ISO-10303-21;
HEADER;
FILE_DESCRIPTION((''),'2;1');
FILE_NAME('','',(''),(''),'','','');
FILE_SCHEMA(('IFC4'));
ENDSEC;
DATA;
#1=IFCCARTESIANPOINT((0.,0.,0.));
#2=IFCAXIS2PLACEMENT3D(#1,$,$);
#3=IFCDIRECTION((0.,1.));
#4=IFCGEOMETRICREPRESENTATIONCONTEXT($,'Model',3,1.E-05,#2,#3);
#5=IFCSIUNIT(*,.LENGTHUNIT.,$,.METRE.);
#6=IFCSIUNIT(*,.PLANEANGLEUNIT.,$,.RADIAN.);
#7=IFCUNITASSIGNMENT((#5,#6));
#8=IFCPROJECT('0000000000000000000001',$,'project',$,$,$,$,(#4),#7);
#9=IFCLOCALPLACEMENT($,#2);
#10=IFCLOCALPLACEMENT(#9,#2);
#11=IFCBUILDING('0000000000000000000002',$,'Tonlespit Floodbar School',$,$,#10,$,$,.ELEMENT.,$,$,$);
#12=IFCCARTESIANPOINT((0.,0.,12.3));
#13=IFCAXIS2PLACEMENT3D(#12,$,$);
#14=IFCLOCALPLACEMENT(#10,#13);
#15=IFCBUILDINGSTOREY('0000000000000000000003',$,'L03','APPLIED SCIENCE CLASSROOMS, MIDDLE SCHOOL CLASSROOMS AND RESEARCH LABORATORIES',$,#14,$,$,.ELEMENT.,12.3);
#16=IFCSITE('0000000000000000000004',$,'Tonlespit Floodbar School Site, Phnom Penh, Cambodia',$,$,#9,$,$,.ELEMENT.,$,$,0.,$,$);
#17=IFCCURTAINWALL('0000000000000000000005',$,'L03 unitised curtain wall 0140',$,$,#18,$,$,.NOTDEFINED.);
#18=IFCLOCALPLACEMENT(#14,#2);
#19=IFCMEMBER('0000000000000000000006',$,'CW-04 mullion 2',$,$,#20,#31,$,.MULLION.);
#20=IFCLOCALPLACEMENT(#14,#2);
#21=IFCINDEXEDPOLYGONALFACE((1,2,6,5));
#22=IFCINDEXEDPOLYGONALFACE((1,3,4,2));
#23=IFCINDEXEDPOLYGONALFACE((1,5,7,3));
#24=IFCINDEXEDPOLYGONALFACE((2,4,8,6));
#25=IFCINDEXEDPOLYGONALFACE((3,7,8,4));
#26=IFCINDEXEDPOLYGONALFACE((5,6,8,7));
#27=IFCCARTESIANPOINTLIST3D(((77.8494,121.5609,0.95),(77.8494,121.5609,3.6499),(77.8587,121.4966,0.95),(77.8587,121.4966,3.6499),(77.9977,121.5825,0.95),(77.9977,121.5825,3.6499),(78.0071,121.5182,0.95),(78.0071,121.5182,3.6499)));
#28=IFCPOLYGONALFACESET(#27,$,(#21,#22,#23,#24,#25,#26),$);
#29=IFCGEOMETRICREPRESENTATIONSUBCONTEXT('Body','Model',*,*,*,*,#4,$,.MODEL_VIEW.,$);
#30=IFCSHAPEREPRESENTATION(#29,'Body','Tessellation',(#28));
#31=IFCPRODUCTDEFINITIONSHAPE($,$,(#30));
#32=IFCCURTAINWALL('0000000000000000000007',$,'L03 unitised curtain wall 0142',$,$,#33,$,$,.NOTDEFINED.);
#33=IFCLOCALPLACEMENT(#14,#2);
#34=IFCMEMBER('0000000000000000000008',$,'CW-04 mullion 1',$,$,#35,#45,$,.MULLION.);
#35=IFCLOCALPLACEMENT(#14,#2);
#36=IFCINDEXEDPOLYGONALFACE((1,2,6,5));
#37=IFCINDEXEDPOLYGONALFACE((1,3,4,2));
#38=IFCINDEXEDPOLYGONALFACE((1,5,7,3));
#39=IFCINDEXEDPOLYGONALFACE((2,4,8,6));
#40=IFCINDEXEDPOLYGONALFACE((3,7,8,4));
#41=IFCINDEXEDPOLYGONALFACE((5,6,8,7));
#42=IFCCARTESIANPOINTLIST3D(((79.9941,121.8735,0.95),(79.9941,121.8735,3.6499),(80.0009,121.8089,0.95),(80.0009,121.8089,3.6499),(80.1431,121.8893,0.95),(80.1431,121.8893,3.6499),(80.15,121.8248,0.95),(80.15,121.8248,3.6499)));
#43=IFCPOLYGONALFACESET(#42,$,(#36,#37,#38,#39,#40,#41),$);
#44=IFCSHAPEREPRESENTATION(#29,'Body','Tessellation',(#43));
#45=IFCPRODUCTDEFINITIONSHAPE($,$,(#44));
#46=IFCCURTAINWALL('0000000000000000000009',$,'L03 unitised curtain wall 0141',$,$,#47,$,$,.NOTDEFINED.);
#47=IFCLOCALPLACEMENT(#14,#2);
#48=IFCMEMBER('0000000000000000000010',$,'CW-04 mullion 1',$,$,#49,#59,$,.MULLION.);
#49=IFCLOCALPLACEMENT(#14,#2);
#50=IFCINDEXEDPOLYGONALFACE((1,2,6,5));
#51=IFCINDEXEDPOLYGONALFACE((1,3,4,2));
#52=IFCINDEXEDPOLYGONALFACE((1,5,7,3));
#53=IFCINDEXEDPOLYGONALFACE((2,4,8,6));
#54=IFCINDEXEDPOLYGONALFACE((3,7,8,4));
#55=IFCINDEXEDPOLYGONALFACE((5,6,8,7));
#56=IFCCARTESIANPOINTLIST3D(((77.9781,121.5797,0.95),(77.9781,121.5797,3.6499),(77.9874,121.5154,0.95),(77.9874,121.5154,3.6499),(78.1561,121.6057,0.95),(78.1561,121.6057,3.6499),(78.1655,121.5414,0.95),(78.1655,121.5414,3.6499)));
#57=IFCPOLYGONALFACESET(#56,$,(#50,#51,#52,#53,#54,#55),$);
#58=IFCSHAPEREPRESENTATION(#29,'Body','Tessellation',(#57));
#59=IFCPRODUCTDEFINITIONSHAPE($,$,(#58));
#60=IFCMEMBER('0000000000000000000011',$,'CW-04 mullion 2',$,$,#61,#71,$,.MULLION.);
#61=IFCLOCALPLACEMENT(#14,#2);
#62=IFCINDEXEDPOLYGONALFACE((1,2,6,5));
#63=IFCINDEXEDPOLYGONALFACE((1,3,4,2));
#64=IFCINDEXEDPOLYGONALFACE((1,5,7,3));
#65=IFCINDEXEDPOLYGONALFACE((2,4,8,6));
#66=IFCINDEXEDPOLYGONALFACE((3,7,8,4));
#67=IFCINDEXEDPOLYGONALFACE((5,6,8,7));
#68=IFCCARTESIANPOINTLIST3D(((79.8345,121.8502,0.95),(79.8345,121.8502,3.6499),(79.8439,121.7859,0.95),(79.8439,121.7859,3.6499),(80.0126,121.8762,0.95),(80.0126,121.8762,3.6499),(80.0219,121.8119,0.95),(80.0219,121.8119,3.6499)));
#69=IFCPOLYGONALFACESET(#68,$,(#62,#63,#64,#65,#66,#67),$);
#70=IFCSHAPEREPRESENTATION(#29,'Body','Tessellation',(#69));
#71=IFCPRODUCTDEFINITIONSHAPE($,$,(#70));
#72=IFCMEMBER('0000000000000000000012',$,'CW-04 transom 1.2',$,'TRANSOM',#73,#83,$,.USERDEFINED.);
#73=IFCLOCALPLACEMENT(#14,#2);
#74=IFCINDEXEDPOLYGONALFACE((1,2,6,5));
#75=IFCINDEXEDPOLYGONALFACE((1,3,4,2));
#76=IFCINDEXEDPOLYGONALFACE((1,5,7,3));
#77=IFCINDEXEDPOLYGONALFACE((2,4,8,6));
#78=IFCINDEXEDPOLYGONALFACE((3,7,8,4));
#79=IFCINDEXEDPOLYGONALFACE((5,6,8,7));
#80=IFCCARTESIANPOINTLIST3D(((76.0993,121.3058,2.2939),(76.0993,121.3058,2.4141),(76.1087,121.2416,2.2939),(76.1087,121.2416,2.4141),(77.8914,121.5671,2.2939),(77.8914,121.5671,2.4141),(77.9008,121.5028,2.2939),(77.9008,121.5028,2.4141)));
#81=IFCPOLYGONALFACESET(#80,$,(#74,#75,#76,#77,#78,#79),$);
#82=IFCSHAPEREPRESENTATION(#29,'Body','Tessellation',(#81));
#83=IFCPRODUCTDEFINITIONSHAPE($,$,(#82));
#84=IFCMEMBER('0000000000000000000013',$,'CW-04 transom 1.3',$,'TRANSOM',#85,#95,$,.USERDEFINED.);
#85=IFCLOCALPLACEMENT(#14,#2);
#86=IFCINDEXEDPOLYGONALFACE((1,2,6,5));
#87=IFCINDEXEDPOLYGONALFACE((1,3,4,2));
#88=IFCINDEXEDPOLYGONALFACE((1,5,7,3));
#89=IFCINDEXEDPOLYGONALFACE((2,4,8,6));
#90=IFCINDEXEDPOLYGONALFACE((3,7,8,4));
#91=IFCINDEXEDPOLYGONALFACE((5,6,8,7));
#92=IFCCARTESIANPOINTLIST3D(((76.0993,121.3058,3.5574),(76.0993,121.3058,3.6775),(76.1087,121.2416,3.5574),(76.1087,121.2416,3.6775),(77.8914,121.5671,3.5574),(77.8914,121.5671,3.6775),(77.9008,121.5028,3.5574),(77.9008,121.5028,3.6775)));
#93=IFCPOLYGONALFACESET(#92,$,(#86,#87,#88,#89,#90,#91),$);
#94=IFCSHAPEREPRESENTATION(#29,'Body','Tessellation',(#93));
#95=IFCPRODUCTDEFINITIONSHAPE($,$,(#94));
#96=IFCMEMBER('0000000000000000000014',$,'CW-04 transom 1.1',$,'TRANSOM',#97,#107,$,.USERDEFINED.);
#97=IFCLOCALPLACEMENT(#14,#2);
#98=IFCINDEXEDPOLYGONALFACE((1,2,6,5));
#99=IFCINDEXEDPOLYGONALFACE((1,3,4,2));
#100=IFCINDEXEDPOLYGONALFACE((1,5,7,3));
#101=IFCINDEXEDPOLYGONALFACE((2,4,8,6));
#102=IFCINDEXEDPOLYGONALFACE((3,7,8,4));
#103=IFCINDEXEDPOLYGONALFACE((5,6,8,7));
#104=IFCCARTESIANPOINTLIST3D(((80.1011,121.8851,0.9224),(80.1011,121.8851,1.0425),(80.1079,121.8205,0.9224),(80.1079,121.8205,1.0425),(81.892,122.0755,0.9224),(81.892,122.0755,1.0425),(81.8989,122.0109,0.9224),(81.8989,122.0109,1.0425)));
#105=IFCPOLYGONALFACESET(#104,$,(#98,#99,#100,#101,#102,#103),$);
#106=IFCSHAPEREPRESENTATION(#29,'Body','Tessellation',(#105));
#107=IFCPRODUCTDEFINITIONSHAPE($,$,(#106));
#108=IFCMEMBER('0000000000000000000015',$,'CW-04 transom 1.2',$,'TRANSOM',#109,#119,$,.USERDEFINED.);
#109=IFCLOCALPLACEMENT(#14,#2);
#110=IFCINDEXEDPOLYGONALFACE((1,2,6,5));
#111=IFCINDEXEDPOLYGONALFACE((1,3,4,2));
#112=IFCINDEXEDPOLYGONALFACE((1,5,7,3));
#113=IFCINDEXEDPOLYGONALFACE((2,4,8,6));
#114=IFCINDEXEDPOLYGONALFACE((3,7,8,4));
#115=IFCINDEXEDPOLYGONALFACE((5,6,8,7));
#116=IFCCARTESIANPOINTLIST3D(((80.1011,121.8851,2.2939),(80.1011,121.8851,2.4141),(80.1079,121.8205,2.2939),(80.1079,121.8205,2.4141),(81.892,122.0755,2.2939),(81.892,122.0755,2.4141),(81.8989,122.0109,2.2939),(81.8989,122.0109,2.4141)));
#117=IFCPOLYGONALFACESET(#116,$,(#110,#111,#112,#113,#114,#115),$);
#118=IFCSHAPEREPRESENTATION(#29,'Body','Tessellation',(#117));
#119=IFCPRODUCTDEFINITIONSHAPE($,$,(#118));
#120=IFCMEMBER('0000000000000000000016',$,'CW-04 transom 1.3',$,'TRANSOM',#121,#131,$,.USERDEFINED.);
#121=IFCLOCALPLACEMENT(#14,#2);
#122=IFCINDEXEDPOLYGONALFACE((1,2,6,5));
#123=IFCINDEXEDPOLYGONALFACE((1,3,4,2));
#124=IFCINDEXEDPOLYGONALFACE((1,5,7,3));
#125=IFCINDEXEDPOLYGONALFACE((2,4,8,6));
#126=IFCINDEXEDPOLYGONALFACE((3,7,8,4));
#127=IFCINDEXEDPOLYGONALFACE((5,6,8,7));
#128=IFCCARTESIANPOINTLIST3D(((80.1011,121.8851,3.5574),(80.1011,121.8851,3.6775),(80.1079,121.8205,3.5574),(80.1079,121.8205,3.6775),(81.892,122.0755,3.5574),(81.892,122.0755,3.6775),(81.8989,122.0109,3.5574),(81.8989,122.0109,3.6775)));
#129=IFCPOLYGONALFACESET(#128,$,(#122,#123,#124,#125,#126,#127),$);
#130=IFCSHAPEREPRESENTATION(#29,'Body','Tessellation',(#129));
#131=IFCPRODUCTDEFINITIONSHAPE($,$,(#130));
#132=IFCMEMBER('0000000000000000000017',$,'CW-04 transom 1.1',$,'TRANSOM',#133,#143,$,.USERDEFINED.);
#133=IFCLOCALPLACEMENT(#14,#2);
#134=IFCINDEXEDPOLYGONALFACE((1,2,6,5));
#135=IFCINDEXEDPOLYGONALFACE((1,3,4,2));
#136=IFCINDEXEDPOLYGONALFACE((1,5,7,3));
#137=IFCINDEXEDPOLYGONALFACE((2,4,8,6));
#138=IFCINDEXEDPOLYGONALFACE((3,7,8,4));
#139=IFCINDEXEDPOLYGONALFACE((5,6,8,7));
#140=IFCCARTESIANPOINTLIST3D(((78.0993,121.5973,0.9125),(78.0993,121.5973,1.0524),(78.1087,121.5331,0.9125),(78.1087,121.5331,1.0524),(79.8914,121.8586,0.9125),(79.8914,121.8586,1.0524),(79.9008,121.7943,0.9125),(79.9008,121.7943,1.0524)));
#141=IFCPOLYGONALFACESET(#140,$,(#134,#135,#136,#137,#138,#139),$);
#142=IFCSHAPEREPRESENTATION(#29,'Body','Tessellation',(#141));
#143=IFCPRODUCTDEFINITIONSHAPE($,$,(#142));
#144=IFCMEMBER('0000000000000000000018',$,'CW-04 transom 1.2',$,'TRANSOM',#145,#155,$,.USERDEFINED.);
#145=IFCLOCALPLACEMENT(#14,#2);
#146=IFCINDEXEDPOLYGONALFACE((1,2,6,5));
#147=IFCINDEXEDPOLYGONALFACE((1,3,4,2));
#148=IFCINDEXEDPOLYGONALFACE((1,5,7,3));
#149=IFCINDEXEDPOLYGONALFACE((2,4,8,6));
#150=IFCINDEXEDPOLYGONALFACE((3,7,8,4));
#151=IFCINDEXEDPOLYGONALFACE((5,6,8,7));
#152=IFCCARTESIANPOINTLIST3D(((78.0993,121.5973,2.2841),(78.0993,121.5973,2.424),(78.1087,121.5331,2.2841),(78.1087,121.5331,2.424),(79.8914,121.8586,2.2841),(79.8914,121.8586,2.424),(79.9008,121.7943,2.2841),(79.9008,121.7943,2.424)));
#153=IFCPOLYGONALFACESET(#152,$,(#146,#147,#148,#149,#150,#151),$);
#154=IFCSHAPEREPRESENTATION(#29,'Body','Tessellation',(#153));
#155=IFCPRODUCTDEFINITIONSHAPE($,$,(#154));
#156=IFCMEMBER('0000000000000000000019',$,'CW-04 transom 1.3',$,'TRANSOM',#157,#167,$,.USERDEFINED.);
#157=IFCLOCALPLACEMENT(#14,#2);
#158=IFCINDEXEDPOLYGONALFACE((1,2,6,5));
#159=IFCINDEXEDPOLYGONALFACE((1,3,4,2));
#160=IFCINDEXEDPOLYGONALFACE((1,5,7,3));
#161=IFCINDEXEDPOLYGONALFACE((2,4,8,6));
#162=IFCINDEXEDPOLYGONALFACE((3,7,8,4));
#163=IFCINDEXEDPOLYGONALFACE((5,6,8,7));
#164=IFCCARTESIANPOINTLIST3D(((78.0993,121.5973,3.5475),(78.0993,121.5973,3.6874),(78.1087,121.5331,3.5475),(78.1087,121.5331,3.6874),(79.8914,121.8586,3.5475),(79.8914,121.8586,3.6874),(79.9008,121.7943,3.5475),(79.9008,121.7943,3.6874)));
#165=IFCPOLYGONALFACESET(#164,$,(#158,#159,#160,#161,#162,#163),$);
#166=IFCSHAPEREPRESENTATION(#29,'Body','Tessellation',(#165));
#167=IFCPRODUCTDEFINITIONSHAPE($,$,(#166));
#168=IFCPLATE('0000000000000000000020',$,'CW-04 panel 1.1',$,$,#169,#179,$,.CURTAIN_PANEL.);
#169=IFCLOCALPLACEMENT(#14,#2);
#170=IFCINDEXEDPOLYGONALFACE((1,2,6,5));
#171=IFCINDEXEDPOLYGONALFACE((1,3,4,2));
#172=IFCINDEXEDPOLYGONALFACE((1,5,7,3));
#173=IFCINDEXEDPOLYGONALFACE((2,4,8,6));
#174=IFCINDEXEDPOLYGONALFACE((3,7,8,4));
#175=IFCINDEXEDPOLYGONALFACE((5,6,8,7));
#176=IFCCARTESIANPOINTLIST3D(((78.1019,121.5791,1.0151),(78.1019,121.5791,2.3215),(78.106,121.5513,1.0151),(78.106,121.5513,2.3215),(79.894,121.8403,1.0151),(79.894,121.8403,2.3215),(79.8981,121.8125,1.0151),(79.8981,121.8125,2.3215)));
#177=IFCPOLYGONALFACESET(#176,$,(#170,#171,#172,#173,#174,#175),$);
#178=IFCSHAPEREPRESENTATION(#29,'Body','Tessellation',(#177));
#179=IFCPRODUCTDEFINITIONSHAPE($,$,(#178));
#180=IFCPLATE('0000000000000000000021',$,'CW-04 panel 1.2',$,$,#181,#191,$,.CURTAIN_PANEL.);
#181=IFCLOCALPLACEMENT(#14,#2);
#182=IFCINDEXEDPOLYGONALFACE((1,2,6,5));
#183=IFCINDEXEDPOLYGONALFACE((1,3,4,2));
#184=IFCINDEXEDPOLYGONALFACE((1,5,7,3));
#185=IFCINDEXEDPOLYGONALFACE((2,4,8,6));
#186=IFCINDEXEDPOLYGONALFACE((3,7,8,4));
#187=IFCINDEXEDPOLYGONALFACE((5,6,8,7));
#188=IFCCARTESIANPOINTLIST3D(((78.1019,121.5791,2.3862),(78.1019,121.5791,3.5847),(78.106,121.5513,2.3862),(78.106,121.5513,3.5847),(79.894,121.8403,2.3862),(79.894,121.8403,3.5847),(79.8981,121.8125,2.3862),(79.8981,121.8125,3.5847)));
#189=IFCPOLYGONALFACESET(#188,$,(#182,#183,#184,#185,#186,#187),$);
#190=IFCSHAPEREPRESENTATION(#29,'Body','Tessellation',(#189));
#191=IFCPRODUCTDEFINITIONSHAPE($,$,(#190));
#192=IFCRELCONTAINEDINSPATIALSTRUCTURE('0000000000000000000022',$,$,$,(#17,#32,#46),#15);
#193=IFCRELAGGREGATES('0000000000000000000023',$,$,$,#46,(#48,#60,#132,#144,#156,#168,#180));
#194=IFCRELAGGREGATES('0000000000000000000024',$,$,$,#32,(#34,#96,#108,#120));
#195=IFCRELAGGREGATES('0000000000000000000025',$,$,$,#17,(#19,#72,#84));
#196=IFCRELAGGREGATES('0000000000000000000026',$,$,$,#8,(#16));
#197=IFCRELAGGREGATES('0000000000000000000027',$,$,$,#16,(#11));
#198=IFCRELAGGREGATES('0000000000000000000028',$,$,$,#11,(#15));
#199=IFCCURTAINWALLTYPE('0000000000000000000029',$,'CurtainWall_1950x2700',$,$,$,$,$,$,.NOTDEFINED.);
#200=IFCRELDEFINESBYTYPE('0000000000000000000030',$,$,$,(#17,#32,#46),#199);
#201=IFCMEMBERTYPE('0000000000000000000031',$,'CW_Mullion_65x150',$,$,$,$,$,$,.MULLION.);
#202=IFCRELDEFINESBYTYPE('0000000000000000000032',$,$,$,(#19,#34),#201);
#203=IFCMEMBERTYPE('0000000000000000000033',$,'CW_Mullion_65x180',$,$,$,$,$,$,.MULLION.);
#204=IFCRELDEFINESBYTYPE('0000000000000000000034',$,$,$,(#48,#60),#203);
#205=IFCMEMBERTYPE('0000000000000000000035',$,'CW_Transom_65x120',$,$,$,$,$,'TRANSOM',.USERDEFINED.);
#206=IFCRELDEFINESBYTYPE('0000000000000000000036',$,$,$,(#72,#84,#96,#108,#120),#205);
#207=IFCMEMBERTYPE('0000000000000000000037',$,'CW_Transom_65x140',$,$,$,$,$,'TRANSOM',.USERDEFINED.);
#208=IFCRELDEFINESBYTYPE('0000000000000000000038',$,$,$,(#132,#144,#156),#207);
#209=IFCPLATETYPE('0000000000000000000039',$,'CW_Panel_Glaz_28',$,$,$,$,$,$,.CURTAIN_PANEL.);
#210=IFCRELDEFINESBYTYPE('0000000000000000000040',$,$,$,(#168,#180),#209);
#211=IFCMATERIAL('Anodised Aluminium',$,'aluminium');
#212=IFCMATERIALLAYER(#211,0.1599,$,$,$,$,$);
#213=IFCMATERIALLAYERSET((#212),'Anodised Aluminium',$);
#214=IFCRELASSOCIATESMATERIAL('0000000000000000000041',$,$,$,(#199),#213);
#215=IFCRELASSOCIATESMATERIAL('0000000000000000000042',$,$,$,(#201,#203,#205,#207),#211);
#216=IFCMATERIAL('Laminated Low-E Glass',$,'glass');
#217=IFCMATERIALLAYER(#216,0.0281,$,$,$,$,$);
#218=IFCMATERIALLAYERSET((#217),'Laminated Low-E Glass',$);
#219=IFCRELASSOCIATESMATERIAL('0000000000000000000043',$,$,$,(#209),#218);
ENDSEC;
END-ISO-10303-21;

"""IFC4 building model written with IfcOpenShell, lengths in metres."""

from ifc_helpers import new_model, si_unit, direction, frame, origin, origin_2d, place, context, subcontext, project, spatial, rectangle, extrude, material, layer, layer_set, material_profile, profile_set, type_object, element, aggregate, save


model = new_model("IFC4")

# Units and contexts
model_context = context("Model", 3, precision=1e-05, world=origin(), true_north=direction((0.0, 1.0)))
body_context = subcontext(model_context, "Body", "Model", "MODEL_VIEW")
ifc_project = project(units=[si_unit("LENGTHUNIT", "METRE"), si_unit("PLANEANGLEUNIT", "RADIAN")], contexts=[model_context])

# Site, building, storey
site_placement = place(None, origin())
site = spatial("IfcSite", under=ifc_project, at=site_placement, Name="Tonlespit Floodbar School Site, Phnom Penh, Cambodia", CompositionType="ELEMENT", RefElevation=0.0)
building_placement = place(site_placement, origin())
building = spatial("IfcBuilding", under=site, at=building_placement, Name="Tonlespit Floodbar School", CompositionType="ELEMENT")
storey_placement = place(building_placement, frame((0.0, 0.0, 12.3)))
storey = spatial("IfcBuildingStorey", under=building, at=storey_placement, Name="L03", Description="APPLIED SCIENCE CLASSROOMS, MIDDLE SCHOOL CLASSROOMS AND RESEARCH LABORATORIES", CompositionType="ELEMENT", Elevation=12.3)

# Curtain walls, members
ifc_material_1 = material(Name="Anodised Aluminium", Category="aluminium")
ifc_layer_1 = layer(ifc_material_1, 0.1599)
ifc_layer_set_1 = layer_set([ifc_layer_1], Name="Anodised Aluminium")
curtain_wall_type = type_object("IfcCurtainWallType", Name="CurtainWall_1950x2700", PredefinedType="NOTDEFINED", material=ifc_layer_set_1)
curtain_wall_1_placement = place(storey_placement, origin())
curtain_wall_1 = element("IfcCurtainWall", 1, at=curtain_wall_1_placement, inside=storey, type_object=curtain_wall_type, Name="L03 unitised curtain wall 0140", PredefinedType="NOTDEFINED")
ifc_material_profile_1 = material_profile(ifc_material_1, rectangle(XDim=0.0649, YDim=0.1499, at=origin_2d()), Name="ALU M65x150")
ifc_profile_set_1 = profile_set([ifc_material_profile_1], Name="Anodised Aluminium")
member_type_1 = type_object("IfcMemberType", Name="CW_Mullion_65x150", PredefinedType="MULLION", material=ifc_profile_set_1)
member_1_placement = place(storey_placement, frame((77.9282, 121.5396, 0.95), z_axis=(0.0, 0.0, 1.0), x_axis=(-0.144248, 0.989542, 0.0)))
member_1 = element("IfcMember", 2, at=member_1_placement, type_object=member_type_1, Name="CW-04 mullion 2", PredefinedType="MULLION", context=body_context, shape_type="SweptSolid", body=[
    extrude(rectangle(XDim=0.0649, YDim=0.1499, at=origin_2d()), origin(), (0.0, 0.0, 1.0), 2.7),
])
curtain_wall_2_placement = place(storey_placement, origin())
curtain_wall_2 = element("IfcCurtainWall", 3, at=curtain_wall_2_placement, inside=storey, type_object=curtain_wall_type, Name="L03 unitised curtain wall 0142", PredefinedType="NOTDEFINED")
member_2_placement = place(storey_placement, frame((80.072, 121.8491, 0.95), z_axis=(0.0, 0.0, 1.0), x_axis=(-0.105787, 0.994389, 0.0)))
member_2 = element("IfcMember", 4, at=member_2_placement, type_object=member_type_1, Name="CW-04 mullion 1", PredefinedType="MULLION", context=body_context, shape_type="SweptSolid", body=[
    extrude(rectangle(XDim=0.0649, YDim=0.1499, at=origin_2d()), origin(), (0.0, 0.0, 1.0), 2.7),
])

# Curtain wall, members
curtain_wall_3_placement = place(storey_placement, origin())
curtain_wall_3 = element("IfcCurtainWall", 5, at=curtain_wall_3_placement, inside=storey, type_object=curtain_wall_type, Name="L03 unitised curtain wall 0141", PredefinedType="NOTDEFINED")
ifc_material_profile_2 = material_profile(ifc_material_1, rectangle(XDim=0.0649, YDim=0.1799, at=origin_2d()), Name="ALU M65x180")
ifc_profile_set_2 = profile_set([ifc_material_profile_2], Name="Anodised Aluminium")
member_type_2 = type_object("IfcMemberType", Name="CW_Mullion_65x180", PredefinedType="MULLION", material=ifc_profile_set_2)
member_3_placement = place(storey_placement, frame((78.0718, 121.5605, 0.95), z_axis=(0.0, 0.0, 1.0), x_axis=(-0.144248, 0.989542, 0.0)))
member_3 = element("IfcMember", 6, at=member_3_placement, type_object=member_type_2, Name="CW-04 mullion 1", PredefinedType="MULLION", context=body_context, shape_type="SweptSolid", body=[
    extrude(rectangle(XDim=0.0649, YDim=0.1799, at=origin_2d()), origin(), (0.0, 0.0, 1.0), 2.7),
])
member_4_placement = place(storey_placement, frame((79.9282, 121.8311, 0.95), z_axis=(0.0, 0.0, 1.0), x_axis=(-0.144248, 0.989542, 0.0)))
member_4 = element("IfcMember", 7, at=member_4_placement, type_object=member_type_2, Name="CW-04 mullion 2", PredefinedType="MULLION", context=body_context, shape_type="SweptSolid", body=[
    extrude(rectangle(XDim=0.0649, YDim=0.1799, at=origin_2d()), origin(), (0.0, 0.0, 1.0), 2.7),
])

# Members
ifc_material_profile_3 = material_profile(ifc_material_1, rectangle(XDim=0.0649, YDim=0.1201, at=origin_2d()), Name="ALU T65x120")
ifc_profile_set_3 = profile_set([ifc_material_profile_3], Name="Anodised Aluminium")
member_type_3 = type_object("IfcMemberType", Name="CW_Transom_65x120", ElementType="TRANSOM", PredefinedType="USERDEFINED", material=ifc_profile_set_3)
member_5_placement = place(storey_placement, frame((76.104, 121.2737, 2.354), z_axis=(0.989541, 0.144252, 0.0), x_axis=(-0.144252, 0.989541, 0.0)))
member_5 = element("IfcMember", 8, at=member_5_placement, type_object=member_type_3, Name="CW-04 transom 1.2", ObjectType="TRANSOM", PredefinedType="USERDEFINED", context=body_context, shape_type="SweptSolid", body=[
    extrude(rectangle(XDim=0.0649, YDim=0.1201, at=origin_2d()), origin(), (0.0, 0.0, 1.0), 1.811),
])
member_6_placement = place(storey_placement, frame((76.104, 121.2737, 3.6174), z_axis=(0.989541, 0.144252, 0.0), x_axis=(-0.144252, 0.989541, 0.0)))
member_6 = element("IfcMember", 9, at=member_6_placement, type_object=member_type_3, Name="CW-04 transom 1.3", ObjectType="TRANSOM", PredefinedType="USERDEFINED", context=body_context, shape_type="SweptSolid", body=[
    extrude(rectangle(XDim=0.0649, YDim=0.1201, at=origin_2d()), origin(), (0.0, 0.0, 1.0), 1.811),
])
member_7_placement = place(storey_placement, frame((80.1045, 121.8528, 0.9824), z_axis=(0.994395, 0.105729, 0.0), x_axis=(-0.105729, 0.994395, 0.0)))
member_7 = element("IfcMember", 10, at=member_7_placement, type_object=member_type_3, Name="CW-04 transom 1.1", ObjectType="TRANSOM", PredefinedType="USERDEFINED", context=body_context, shape_type="SweptSolid", body=[
    extrude(rectangle(XDim=0.0649, YDim=0.1201, at=origin_2d()), origin(), (0.0, 0.0, 1.0), 1.801),
])
member_8_placement = place(storey_placement, frame((80.1045, 121.8528, 2.354), z_axis=(0.994395, 0.105729, 0.0), x_axis=(-0.105729, 0.994395, 0.0)))
member_8 = element("IfcMember", 11, at=member_8_placement, type_object=member_type_3, Name="CW-04 transom 1.2", ObjectType="TRANSOM", PredefinedType="USERDEFINED", context=body_context, shape_type="SweptSolid", body=[
    extrude(rectangle(XDim=0.0649, YDim=0.1201, at=origin_2d()), origin(), (0.0, 0.0, 1.0), 1.801),
])
member_9_placement = place(storey_placement, frame((80.1045, 121.8528, 3.6174), z_axis=(0.994395, 0.105729, 0.0), x_axis=(-0.105729, 0.994395, 0.0)))
member_9 = element("IfcMember", 12, at=member_9_placement, type_object=member_type_3, Name="CW-04 transom 1.3", ObjectType="TRANSOM", PredefinedType="USERDEFINED", context=body_context, shape_type="SweptSolid", body=[
    extrude(rectangle(XDim=0.0649, YDim=0.1201, at=origin_2d()), origin(), (0.0, 0.0, 1.0), 1.801),
])
ifc_material_profile_4 = material_profile(ifc_material_1, rectangle(XDim=0.0649, YDim=0.1399, at=origin_2d()), Name="ALU T65x140")
ifc_profile_set_4 = profile_set([ifc_material_profile_4], Name="Anodised Aluminium")
member_type_4 = type_object("IfcMemberType", Name="CW_Transom_65x140", ElementType="TRANSOM", PredefinedType="USERDEFINED", material=ifc_profile_set_4)
member_10_placement = place(storey_placement, frame((78.104, 121.5652, 0.9824), z_axis=(0.989541, 0.144252, 0.0), x_axis=(-0.144252, 0.989541, 0.0)))
member_10 = element("IfcMember", 13, at=member_10_placement, type_object=member_type_4, Name="CW-04 transom 1.1", ObjectType="TRANSOM", PredefinedType="USERDEFINED", context=body_context, shape_type="SweptSolid", body=[
    extrude(rectangle(XDim=0.0649, YDim=0.1399, at=origin_2d()), origin(), (0.0, 0.0, 1.0), 1.811),
])
member_11_placement = place(storey_placement, frame((78.104, 121.5652, 2.354), z_axis=(0.989541, 0.144252, 0.0), x_axis=(-0.144252, 0.989541, 0.0)))
member_11 = element("IfcMember", 14, at=member_11_placement, type_object=member_type_4, Name="CW-04 transom 1.2", ObjectType="TRANSOM", PredefinedType="USERDEFINED", context=body_context, shape_type="SweptSolid", body=[
    extrude(rectangle(XDim=0.0649, YDim=0.1399, at=origin_2d()), origin(), (0.0, 0.0, 1.0), 1.811),
])
member_12_placement = place(storey_placement, frame((78.104, 121.5652, 3.6174), z_axis=(0.989541, 0.144252, 0.0), x_axis=(-0.144252, 0.989541, 0.0)))
member_12 = element("IfcMember", 15, at=member_12_placement, type_object=member_type_4, Name="CW-04 transom 1.3", ObjectType="TRANSOM", PredefinedType="USERDEFINED", context=body_context, shape_type="SweptSolid", body=[
    extrude(rectangle(XDim=0.0649, YDim=0.1399, at=origin_2d()), origin(), (0.0, 0.0, 1.0), 1.811),
])

# Plates
ifc_material_2 = material(Name="Laminated Low-E Glass", Category="glass")
ifc_layer_2 = layer(ifc_material_2, 0.0281)
ifc_layer_set_2 = layer_set([ifc_layer_2], Name="Laminated Low-E Glass")
plate_type_1 = type_object("IfcPlateType", Name="CW_Panel_Glaz_28", PredefinedType="CURTAIN_PANEL", material=ifc_layer_set_2)
plate_1_placement = place(storey_placement, frame((79.0, 121.6958, 1.0151), z_axis=(0.0, 0.0, 1.0), x_axis=(0.989542, 0.144248, 0.0)))
plate_1 = element("IfcPlate", 16, at=plate_1_placement, type_object=plate_type_1, Name="CW-04 panel 1.1", PredefinedType="CURTAIN_PANEL", context=body_context, shape_type="SweptSolid", body=[
    extrude(rectangle(XDim=1.811, YDim=0.0281, at=origin_2d()), origin(), (0.0, 0.0, 1.0), 1.3064),
])
plate_2_placement = place(storey_placement, frame((79.0, 121.6958, 2.3862), z_axis=(0.0, 0.0, 1.0), x_axis=(0.989542, 0.144248, 0.0)))
plate_2 = element("IfcPlate", 17, at=plate_2_placement, type_object=plate_type_1, Name="CW-04 panel 1.2", PredefinedType="CURTAIN_PANEL", context=body_context, shape_type="SweptSolid", body=[
    extrude(rectangle(XDim=1.811, YDim=0.0281, at=origin_2d()), origin(), (0.0, 0.0, 1.0), 1.1985),
])
aggregate(curtain_wall_3, [member_3, member_4, member_10, member_11, member_12, plate_1, plate_2])
aggregate(curtain_wall_2, [member_2, member_7, member_8, member_9])
aggregate(curtain_wall_1, [member_1, member_5, member_6])

save(model, "model.ifc")
